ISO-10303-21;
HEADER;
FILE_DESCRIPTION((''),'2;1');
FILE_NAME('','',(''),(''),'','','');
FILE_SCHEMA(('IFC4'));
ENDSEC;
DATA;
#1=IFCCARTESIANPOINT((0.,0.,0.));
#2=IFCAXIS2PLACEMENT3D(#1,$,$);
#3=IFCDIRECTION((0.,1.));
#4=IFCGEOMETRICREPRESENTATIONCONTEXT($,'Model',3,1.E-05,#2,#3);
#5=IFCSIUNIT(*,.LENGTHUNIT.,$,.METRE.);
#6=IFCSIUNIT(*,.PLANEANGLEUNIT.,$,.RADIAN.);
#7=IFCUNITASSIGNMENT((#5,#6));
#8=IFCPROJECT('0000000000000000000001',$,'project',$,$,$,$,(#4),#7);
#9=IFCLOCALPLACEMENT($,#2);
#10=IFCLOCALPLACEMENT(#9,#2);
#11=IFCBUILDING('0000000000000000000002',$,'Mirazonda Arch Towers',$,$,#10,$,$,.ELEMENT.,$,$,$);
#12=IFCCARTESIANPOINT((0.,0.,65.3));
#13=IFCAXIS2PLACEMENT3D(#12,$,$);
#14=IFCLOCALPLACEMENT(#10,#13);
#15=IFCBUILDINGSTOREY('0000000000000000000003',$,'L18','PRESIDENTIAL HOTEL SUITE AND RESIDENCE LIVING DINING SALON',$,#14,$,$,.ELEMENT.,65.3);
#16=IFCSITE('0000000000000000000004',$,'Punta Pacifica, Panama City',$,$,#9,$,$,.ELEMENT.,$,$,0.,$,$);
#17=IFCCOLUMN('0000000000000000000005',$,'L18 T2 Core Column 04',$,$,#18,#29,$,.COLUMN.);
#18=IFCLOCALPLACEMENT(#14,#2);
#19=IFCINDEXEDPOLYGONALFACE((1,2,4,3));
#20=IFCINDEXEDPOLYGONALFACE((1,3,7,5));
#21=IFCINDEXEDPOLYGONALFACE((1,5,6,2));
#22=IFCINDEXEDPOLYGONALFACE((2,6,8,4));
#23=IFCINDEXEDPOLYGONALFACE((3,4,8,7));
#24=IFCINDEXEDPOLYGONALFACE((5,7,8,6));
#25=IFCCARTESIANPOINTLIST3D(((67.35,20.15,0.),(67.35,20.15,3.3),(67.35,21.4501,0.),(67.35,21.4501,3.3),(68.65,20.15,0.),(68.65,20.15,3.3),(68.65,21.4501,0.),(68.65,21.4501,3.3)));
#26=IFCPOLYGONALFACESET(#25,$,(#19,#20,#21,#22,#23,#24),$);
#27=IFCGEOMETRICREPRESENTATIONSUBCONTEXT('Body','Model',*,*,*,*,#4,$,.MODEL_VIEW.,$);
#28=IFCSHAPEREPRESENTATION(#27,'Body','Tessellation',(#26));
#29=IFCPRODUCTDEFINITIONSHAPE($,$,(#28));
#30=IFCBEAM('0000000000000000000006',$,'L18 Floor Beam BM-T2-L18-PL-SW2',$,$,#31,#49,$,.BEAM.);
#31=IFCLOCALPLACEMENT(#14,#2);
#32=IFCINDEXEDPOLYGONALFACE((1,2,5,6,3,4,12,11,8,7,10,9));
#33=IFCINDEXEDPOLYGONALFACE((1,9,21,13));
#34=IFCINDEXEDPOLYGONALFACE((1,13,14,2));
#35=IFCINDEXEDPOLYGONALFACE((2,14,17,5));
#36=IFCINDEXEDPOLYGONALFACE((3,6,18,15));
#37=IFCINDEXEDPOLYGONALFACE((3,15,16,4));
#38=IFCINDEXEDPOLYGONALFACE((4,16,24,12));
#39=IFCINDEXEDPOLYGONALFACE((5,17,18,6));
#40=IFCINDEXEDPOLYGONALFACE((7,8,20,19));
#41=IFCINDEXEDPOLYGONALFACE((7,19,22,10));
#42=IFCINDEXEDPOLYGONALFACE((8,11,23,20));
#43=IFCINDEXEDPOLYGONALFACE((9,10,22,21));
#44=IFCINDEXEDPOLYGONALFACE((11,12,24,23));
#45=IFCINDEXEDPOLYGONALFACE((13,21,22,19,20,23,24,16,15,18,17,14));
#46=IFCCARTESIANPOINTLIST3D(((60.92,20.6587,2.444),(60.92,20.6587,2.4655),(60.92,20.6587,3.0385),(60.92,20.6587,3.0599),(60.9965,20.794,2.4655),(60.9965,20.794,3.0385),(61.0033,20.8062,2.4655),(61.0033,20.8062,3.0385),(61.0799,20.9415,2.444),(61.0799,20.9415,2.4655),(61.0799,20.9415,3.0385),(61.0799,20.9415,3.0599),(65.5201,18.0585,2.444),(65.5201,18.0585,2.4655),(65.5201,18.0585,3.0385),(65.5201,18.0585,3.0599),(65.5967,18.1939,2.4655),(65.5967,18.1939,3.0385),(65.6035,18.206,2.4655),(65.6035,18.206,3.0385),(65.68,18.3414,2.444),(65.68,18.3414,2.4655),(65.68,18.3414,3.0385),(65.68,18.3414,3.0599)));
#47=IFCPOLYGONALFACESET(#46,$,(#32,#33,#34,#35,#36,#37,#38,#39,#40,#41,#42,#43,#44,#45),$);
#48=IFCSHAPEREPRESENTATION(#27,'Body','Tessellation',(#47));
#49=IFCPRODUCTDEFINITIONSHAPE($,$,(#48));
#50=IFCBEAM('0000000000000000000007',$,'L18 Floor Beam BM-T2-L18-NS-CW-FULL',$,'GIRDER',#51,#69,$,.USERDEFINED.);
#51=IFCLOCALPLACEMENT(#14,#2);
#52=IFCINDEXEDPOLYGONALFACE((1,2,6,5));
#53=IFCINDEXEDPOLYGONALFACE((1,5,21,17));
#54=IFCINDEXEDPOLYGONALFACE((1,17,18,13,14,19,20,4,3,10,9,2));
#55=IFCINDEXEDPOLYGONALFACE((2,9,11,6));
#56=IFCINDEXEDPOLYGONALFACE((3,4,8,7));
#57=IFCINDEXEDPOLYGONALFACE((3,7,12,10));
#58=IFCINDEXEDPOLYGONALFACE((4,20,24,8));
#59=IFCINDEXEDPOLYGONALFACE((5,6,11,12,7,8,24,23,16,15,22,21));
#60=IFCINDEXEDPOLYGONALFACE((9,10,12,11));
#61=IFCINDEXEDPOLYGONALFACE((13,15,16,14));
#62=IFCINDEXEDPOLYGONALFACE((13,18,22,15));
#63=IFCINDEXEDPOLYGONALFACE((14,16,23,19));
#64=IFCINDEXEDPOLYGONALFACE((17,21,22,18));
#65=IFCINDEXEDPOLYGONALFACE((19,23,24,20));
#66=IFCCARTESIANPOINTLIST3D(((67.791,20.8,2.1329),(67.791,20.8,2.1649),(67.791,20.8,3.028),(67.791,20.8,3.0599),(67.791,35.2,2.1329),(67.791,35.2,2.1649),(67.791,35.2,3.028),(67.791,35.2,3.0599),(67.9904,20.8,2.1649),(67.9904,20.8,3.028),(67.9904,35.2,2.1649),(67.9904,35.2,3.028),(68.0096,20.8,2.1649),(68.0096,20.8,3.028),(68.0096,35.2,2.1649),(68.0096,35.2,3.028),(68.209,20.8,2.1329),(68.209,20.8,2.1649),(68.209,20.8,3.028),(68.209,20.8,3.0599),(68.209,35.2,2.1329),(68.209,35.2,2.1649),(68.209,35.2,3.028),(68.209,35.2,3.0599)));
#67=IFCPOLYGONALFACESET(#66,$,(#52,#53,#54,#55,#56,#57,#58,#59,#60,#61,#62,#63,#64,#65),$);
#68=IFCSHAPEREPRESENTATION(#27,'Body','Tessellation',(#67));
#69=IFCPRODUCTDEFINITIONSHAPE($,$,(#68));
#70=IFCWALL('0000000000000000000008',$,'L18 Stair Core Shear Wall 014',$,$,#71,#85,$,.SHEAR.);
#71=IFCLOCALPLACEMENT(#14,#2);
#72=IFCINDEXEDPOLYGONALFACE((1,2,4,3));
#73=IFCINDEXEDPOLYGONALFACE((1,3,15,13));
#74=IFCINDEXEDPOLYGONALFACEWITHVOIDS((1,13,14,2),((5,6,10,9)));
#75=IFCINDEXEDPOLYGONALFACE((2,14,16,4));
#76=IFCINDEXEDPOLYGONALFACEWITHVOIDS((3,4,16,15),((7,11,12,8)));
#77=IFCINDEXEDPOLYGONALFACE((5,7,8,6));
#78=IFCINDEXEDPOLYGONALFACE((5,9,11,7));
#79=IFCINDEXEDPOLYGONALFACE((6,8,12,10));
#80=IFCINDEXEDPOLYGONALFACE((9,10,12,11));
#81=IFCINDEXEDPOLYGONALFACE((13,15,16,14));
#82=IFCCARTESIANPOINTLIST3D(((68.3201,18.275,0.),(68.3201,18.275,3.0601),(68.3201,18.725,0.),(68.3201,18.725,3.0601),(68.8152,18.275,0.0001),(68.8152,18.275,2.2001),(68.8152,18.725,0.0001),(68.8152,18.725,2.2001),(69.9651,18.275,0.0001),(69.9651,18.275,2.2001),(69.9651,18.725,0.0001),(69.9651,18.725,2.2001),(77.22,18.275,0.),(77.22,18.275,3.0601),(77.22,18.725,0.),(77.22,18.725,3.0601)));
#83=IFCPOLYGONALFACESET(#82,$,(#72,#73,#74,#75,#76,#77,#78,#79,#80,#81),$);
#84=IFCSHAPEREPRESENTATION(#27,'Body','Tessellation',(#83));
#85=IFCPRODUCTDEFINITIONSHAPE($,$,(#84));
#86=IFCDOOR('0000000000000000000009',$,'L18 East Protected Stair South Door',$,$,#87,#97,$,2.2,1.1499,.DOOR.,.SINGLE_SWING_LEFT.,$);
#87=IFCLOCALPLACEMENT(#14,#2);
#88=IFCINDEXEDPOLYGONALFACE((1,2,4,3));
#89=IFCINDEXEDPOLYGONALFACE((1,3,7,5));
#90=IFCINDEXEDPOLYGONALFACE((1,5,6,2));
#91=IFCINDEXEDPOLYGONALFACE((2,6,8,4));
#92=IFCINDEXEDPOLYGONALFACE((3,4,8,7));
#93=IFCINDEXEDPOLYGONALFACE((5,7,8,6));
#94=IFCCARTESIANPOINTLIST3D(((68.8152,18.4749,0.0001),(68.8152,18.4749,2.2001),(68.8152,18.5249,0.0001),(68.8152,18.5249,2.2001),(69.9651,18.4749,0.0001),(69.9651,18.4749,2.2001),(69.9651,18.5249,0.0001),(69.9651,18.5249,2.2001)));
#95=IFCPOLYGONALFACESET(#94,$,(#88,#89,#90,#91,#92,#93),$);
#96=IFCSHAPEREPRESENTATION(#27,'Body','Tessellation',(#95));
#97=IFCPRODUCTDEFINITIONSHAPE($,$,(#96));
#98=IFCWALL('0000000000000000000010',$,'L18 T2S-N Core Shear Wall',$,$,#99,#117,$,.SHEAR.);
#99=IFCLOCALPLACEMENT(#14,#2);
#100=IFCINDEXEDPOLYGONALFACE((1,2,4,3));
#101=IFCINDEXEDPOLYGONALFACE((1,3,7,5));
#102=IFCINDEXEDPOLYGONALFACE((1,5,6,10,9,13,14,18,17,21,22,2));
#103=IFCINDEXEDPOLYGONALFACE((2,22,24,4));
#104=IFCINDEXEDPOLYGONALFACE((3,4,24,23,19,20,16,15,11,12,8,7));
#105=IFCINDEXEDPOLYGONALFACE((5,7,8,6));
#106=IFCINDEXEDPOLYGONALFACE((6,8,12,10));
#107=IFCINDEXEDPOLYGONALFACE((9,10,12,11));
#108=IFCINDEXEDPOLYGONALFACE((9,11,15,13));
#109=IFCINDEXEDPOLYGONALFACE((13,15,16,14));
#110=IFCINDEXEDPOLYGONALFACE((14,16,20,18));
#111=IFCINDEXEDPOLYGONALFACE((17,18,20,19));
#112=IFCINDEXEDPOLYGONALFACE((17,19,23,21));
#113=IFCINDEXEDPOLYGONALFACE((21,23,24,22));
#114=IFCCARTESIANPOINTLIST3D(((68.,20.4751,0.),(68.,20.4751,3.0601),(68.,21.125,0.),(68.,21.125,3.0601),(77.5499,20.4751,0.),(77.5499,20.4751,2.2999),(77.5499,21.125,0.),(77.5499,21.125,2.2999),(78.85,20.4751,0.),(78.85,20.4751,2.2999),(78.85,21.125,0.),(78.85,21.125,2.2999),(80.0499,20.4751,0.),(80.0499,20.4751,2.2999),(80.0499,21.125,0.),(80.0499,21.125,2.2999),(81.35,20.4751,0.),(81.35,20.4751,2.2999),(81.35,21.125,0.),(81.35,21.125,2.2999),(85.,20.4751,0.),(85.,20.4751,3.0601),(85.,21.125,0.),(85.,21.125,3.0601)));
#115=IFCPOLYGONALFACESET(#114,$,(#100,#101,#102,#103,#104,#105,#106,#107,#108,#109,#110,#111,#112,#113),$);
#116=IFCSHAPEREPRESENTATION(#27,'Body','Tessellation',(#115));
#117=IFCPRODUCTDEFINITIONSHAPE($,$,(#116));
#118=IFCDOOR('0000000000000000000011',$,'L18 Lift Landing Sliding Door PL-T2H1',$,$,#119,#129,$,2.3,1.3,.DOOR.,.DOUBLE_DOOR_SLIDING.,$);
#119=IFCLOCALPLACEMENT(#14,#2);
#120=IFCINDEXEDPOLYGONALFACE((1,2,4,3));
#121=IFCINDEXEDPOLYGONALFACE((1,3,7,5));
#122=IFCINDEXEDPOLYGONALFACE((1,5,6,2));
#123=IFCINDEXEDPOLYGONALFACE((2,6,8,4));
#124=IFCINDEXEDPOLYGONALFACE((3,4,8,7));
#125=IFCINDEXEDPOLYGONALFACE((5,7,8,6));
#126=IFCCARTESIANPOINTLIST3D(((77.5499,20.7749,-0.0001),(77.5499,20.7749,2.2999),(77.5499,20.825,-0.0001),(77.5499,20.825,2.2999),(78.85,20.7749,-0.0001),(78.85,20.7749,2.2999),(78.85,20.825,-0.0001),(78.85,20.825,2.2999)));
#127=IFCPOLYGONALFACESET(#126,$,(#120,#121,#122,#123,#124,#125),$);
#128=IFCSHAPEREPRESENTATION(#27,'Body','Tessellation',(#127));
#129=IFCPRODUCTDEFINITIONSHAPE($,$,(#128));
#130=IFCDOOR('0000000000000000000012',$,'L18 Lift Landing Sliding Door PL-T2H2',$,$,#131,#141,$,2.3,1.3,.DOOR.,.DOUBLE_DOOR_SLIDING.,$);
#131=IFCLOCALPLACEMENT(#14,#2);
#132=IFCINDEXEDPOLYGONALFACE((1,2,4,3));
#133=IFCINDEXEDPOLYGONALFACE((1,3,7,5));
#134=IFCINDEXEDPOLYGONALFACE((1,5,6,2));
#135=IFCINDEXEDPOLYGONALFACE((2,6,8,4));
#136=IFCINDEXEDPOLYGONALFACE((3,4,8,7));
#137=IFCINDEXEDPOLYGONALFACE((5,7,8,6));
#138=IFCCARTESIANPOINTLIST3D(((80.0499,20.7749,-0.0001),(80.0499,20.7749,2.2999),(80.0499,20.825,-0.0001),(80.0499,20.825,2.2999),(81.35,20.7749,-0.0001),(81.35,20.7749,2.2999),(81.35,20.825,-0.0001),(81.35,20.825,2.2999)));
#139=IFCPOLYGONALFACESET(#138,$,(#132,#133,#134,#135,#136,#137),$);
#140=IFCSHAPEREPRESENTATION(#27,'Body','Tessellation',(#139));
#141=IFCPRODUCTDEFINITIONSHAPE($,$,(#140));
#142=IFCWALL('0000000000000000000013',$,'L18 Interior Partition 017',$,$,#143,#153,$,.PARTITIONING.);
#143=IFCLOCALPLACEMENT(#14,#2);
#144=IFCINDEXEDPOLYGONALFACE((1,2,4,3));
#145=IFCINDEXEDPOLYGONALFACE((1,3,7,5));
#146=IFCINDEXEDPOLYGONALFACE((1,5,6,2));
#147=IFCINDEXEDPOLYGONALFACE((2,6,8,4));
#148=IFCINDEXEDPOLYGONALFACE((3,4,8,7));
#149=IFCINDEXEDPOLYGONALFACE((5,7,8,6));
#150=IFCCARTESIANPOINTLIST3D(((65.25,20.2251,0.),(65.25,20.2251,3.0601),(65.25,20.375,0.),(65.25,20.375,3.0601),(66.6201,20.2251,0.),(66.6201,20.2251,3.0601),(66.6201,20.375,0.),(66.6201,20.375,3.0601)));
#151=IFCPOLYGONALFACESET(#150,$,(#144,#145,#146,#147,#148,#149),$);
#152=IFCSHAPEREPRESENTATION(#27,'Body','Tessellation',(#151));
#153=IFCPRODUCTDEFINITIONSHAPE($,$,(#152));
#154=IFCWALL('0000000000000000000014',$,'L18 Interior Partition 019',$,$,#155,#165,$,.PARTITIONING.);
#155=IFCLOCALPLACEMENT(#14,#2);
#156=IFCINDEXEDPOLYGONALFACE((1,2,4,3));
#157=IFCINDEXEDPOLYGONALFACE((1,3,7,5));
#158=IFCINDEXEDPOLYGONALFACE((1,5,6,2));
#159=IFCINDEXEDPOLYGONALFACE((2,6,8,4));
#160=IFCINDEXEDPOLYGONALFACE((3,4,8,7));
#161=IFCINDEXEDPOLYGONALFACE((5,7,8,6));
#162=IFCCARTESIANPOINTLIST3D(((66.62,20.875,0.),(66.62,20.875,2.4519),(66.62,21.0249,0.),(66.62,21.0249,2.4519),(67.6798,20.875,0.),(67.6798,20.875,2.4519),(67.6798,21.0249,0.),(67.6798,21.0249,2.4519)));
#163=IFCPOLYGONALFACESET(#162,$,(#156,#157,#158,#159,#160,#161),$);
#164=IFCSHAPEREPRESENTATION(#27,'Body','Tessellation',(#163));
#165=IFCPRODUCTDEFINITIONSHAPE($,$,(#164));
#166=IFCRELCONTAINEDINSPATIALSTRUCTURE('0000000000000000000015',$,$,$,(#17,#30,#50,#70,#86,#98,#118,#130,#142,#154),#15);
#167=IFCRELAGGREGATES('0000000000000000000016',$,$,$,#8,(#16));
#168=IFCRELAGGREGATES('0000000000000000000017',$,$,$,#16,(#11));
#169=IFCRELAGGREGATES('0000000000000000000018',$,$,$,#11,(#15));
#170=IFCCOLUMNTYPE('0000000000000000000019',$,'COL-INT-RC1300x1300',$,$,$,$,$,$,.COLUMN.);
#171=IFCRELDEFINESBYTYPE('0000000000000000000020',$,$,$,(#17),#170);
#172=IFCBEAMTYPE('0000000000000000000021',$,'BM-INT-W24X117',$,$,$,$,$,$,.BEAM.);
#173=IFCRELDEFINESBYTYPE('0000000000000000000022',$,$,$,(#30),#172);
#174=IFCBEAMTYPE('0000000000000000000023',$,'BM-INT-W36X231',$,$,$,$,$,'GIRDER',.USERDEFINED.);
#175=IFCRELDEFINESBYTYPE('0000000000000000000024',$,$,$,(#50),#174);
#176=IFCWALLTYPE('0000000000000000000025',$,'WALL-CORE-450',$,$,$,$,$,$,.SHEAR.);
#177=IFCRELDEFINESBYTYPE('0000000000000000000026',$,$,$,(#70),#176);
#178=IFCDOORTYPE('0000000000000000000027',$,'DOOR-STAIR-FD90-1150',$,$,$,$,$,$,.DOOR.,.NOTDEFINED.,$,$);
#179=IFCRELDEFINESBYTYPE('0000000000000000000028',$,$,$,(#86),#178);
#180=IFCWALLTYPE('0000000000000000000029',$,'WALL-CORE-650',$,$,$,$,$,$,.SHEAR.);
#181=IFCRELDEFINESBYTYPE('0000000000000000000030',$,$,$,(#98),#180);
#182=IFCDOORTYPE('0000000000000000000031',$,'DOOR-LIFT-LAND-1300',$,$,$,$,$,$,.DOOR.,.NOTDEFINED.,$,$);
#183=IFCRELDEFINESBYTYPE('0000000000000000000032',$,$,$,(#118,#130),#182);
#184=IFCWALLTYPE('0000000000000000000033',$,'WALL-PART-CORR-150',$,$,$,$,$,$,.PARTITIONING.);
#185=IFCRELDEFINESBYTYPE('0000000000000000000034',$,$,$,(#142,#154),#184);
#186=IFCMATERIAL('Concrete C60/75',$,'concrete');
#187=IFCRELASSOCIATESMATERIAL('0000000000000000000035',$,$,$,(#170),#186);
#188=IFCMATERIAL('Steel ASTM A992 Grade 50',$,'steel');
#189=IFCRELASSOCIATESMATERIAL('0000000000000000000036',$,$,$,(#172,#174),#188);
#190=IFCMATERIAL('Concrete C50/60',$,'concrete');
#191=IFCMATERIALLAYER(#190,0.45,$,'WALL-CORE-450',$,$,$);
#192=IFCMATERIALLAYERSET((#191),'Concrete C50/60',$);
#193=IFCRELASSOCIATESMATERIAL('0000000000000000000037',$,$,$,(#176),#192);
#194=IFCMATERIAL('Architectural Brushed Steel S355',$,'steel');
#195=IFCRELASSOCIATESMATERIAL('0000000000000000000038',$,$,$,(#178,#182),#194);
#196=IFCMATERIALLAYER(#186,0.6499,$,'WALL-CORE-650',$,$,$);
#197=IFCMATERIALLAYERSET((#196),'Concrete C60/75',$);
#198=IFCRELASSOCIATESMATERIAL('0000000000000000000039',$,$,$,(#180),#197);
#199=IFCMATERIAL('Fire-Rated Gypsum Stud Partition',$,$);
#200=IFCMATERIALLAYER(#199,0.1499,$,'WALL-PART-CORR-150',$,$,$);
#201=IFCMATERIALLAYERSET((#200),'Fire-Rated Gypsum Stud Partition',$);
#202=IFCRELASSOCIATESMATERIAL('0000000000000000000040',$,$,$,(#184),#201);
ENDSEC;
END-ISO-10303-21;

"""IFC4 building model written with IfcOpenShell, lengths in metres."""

from ifc_helpers import new_model, si_unit, direction, frame, frame_2d, origin, origin_2d, place, context, subcontext, project, spatial, rectangle, i_section, extrude, material, layer, layer_set, material_profile, profile_set, type_object, element, fill, save


model = new_model("IFC4")

# Units and contexts
model_context = context("Model", 3, precision=1e-05, world=origin(), true_north=direction((0.0, 1.0)))
body_context = subcontext(model_context, "Body", "Model", "MODEL_VIEW")
ifc_project = project(units=[si_unit("LENGTHUNIT", "METRE"), si_unit("PLANEANGLEUNIT", "RADIAN")], contexts=[model_context])

# Site, building, storey
site_placement = place(None, origin())
site = spatial("IfcSite", under=ifc_project, at=site_placement, Name="Punta Pacifica, Panama City", CompositionType="ELEMENT", RefElevation=0.0)
building_placement = place(site_placement, origin())
building = spatial("IfcBuilding", under=site, at=building_placement, Name="Mirazonda Arch Towers", CompositionType="ELEMENT")
storey_placement = place(building_placement, frame((0.0, 0.0, 65.3)))
storey = spatial("IfcBuildingStorey", under=building, at=storey_placement, Name="L18", Description="PRESIDENTIAL HOTEL SUITE AND RESIDENCE LIVING DINING SALON", CompositionType="ELEMENT", Elevation=65.3)

# Column
ifc_material_1 = material(Name="Concrete C60/75", Category="concrete")
ifc_material_profile_1 = material_profile(ifc_material_1, rectangle(XDim=1.3, YDim=1.3, at=origin_2d()), Name="RC1300x1300")
ifc_profile_set_1 = profile_set([ifc_material_profile_1], Name="Concrete C60/75")
column_type = type_object("IfcColumnType", Name="COL-INT-RC1300x1300", PredefinedType="COLUMN", material=ifc_profile_set_1)
column_placement = place(storey_placement, frame((68.0, 20.8, 0.0), z_axis=(0.0, 0.0, 1.0), x_axis=(1.0, 0.0, 0.0)))
element("IfcColumn", 1, at=column_placement, inside=storey, type_object=column_type, Name="L18 T2 Core Column 04", PredefinedType="COLUMN", context=body_context, shape_type="SweptSolid", body=[
    extrude(rectangle(XDim=1.3, YDim=1.3, at=origin_2d()), origin(), (0.0, 0.0, 1.0), 3.3),
])

# Beams
ifc_material_2 = material(Name="Steel ASTM A992 Grade 50", Category="steel")
ifc_material_profile_2 = material_profile(ifc_material_2, i_section(OverallWidth=0.325, OverallDepth=0.616, WebThickness=0.0139, FlangeThickness=0.0215, at=origin_2d()), Name="W24X117")
ifc_profile_set_2 = profile_set([ifc_material_profile_2], Name="Steel ASTM A992 Grade 50")
beam_type_1 = type_object("IfcBeamType", Name="BM-INT-W24X117", PredefinedType="BEAM", material=ifc_profile_set_2)
beam_1_placement = place(storey_placement, frame((65.6001, 18.2, 2.752), z_axis=(-0.870559, 0.492063, 0.0), x_axis=(-0.492063, -0.870559, 0.0)))
element("IfcBeam", 2, at=beam_1_placement, inside=storey, type_object=beam_type_1, Name="L18 Floor Beam BM-T2-L18-PL-SW2", PredefinedType="BEAM", context=body_context, shape_type="SweptSolid", body=[
    extrude(i_section(OverallWidth=0.325, OverallDepth=0.616, WebThickness=0.0139, FlangeThickness=0.0215, at=origin_2d()), origin(), (0.0, 0.0, 1.0), 5.2842),
])
ifc_material_profile_3 = material_profile(ifc_material_2, i_section(OverallWidth=0.418, OverallDepth=0.927, WebThickness=0.0193, FlangeThickness=0.032, at=origin_2d()), Name="W36X231")
ifc_profile_set_3 = profile_set([ifc_material_profile_3], Name="Steel ASTM A992 Grade 50")
beam_type_2 = type_object("IfcBeamType", Name="BM-INT-W36X231", ElementType="GIRDER", PredefinedType="USERDEFINED", material=ifc_profile_set_3)
beam_2_placement = place(storey_placement, frame((68.0, 20.8, 2.5964), z_axis=(0.0, 1.0, 0.0), x_axis=(-1.0, 0.0, 0.0)))
element("IfcBeam", 3, at=beam_2_placement, inside=storey, type_object=beam_type_2, Name="L18 Floor Beam BM-T2-L18-NS-CW-FULL", ObjectType="GIRDER", PredefinedType="USERDEFINED", context=body_context, shape_type="SweptSolid", body=[
    extrude(i_section(OverallWidth=0.418, OverallDepth=0.927, WebThickness=0.0193, FlangeThickness=0.032, at=origin_2d()), origin(), (0.0, 0.0, 1.0), 14.3999),
])

# Wall, opening, door
ifc_material_3 = material(Name="Concrete C50/60", Category="concrete")
ifc_layer_1 = layer(ifc_material_3, 0.45, Name="WALL-CORE-450")
ifc_layer_set_1 = layer_set([ifc_layer_1], Name="Concrete C50/60")
wall_type_1 = type_object("IfcWallType", Name="WALL-CORE-450", PredefinedType="SHEAR", material=ifc_layer_set_1)
wall_1_placement = place(storey_placement, frame((68.3201, 18.5, 0.0), z_axis=(0.0, 0.0, 1.0), x_axis=(1.0, 0.0, 0.0)))
wall_1 = element("IfcWall", 4, at=wall_1_placement, inside=storey, type_object=wall_type_1, Name="L18 Stair Core Shear Wall 014", PredefinedType="SHEAR", context=body_context, shape_type="SweptSolid", body=[
    extrude(rectangle(XDim=8.8999, YDim=0.45, at=frame_2d((4.45, 0.0))), origin(), (0.0, 0.0, 1.0), 3.0601),
])
opening_1_placement = place(wall_1_placement, frame((0.4951, 0.0, 0.0)))
opening_1 = element("IfcOpeningElement", 5, at=opening_1_placement, cuts=wall_1, PredefinedType="OPENING", context=body_context, shape_type="SweptSolid", body=[
    extrude(rectangle(XDim=1.1499, YDim=2.2, at=frame_2d((0.575, 1.1001))), frame((0.0, 0.2349, 0.0), z_axis=(0.0, -1.0, 0.0), x_axis=(1.0, 0.0, 0.0)), (0.0, 0.0, 1.0), 0.47),
])
ifc_material_4 = material(Name="Architectural Brushed Steel S355", Category="steel")
door_type_1 = type_object("IfcDoorType", Name="DOOR-STAIR-FD90-1150", OperationType="NOTDEFINED", PredefinedType="DOOR", material=ifc_material_4)
door_1_placement = place(opening_1_placement, origin())
door_1 = element("IfcDoor", 6, at=door_1_placement, inside=storey, type_object=door_type_1, Name="L18 East Protected Stair South Door", OperationType="SINGLE_SWING_LEFT", OverallHeight=2.2, OverallWidth=1.1499, PredefinedType="DOOR", context=body_context, shape_type="SweptSolid", body=[
    extrude(rectangle(XDim=1.1499, YDim=2.2, at=frame_2d((0.575, 1.1001))), frame((0.0, 0.0249, 0.0), z_axis=(0.0, -1.0, 0.0), x_axis=(1.0, 0.0, 0.0)), (0.0, 0.0, 1.0), 0.05),
])
fill(opening_1, door_1)

# Wall, openings, doors
ifc_layer_2 = layer(ifc_material_1, 0.6499, Name="WALL-CORE-650")
ifc_layer_set_2 = layer_set([ifc_layer_2], Name="Concrete C60/75")
wall_type_2 = type_object("IfcWallType", Name="WALL-CORE-650", PredefinedType="SHEAR", material=ifc_layer_set_2)
wall_2_placement = place(storey_placement, frame((68.0, 20.8, 0.0), z_axis=(0.0, 0.0, 1.0), x_axis=(1.0, 0.0, 0.0)))
wall_2 = element("IfcWall", 7, at=wall_2_placement, inside=storey, type_object=wall_type_2, Name="L18 T2S-N Core Shear Wall", PredefinedType="SHEAR", context=body_context, shape_type="SweptSolid", body=[
    extrude(rectangle(XDim=17.0, YDim=0.6499, at=frame_2d((8.5, 0.0))), origin(), (0.0, 0.0, 1.0), 3.0601),
])
opening_2_placement = place(wall_2_placement, frame((9.55, 0.0, 0.0)))
opening_2 = element("IfcOpeningElement", 8, at=opening_2_placement, cuts=wall_2, PredefinedType="OPENING", context=body_context, shape_type="SweptSolid", body=[
    extrude(rectangle(XDim=1.3, YDim=2.3, at=frame_2d((0.6499, 1.1499))), frame((0.0, 0.335, 0.0), z_axis=(0.0, -1.0, 0.0), x_axis=(1.0, 0.0, 0.0)), (0.0, 0.0, 1.0), 0.6699),
])
opening_3_placement = place(wall_2_placement, frame((12.05, 0.0, 0.0)))
opening_3 = element("IfcOpeningElement", 9, at=opening_3_placement, cuts=wall_2, PredefinedType="OPENING", context=body_context, shape_type="SweptSolid", body=[
    extrude(rectangle(XDim=1.3, YDim=2.3, at=frame_2d((0.6499, 1.1499))), frame((0.0, 0.335, 0.0), z_axis=(0.0, -1.0, 0.0), x_axis=(1.0, 0.0, 0.0)), (0.0, 0.0, 1.0), 0.6699),
])
door_type_2 = type_object("IfcDoorType", Name="DOOR-LIFT-LAND-1300", OperationType="NOTDEFINED", PredefinedType="DOOR", material=ifc_material_4)
door_2_placement = place(opening_2_placement, origin())
door_2 = element("IfcDoor", 10, at=door_2_placement, inside=storey, type_object=door_type_2, Name="L18 Lift Landing Sliding Door PL-T2H1", OperationType="DOUBLE_DOOR_SLIDING", OverallHeight=2.3, OverallWidth=1.3, PredefinedType="DOOR", context=body_context, shape_type="SweptSolid", body=[
    extrude(rectangle(XDim=1.3, YDim=2.3, at=frame_2d((0.6499, 1.1499))), frame((0.0, 0.0249, 0.0), z_axis=(0.0, -1.0, 0.0), x_axis=(1.0, 0.0, 0.0)), (0.0, 0.0, 1.0), 0.05),
])
fill(opening_2, door_2)
door_3_placement = place(opening_3_placement, origin())
door_3 = element("IfcDoor", 11, at=door_3_placement, inside=storey, type_object=door_type_2, Name="L18 Lift Landing Sliding Door PL-T2H2", OperationType="DOUBLE_DOOR_SLIDING", OverallHeight=2.3, OverallWidth=1.3, PredefinedType="DOOR", context=body_context, shape_type="SweptSolid", body=[
    extrude(rectangle(XDim=1.3, YDim=2.3, at=frame_2d((0.6499, 1.1499))), frame((0.0, 0.0249, 0.0), z_axis=(0.0, -1.0, 0.0), x_axis=(1.0, 0.0, 0.0)), (0.0, 0.0, 1.0), 0.05),
])
fill(opening_3, door_3)

# Walls
ifc_material_5 = material(Name="Fire-Rated Gypsum Stud Partition")
ifc_layer_3 = layer(ifc_material_5, 0.1499, Name="WALL-PART-CORR-150")
ifc_layer_set_3 = layer_set([ifc_layer_3], Name="Fire-Rated Gypsum Stud Partition")
wall_type_3 = type_object("IfcWallType", Name="WALL-PART-CORR-150", PredefinedType="PARTITIONING", material=ifc_layer_set_3)
wall_3_placement = place(storey_placement, frame((65.25, 20.3, 0.0), z_axis=(0.0, 0.0, 1.0), x_axis=(1.0, 0.0, 0.0)))
element("IfcWall", 12, at=wall_3_placement, inside=storey, type_object=wall_type_3, Name="L18 Interior Partition 017", PredefinedType="PARTITIONING", context=body_context, shape_type="SweptSolid", body=[
    extrude(rectangle(XDim=1.3701, YDim=0.1499, at=frame_2d((0.6851, 0.0))), origin(), (0.0, 0.0, 1.0), 3.0601),
])
wall_4_placement = place(storey_placement, frame((66.6201, 20.95, 0.0), z_axis=(0.0, 0.0, 1.0), x_axis=(1.0, 0.0, 0.0)))
element("IfcWall", 13, at=wall_4_placement, inside=storey, type_object=wall_type_3, Name="L18 Interior Partition 019", PredefinedType="PARTITIONING", context=body_context, shape_type="SweptSolid", body=[
    extrude(rectangle(XDim=1.0598, YDim=0.1499, at=frame_2d((0.5298, 0.0))), origin(), (0.0, 0.0, 1.0), 2.4519),
])

save(model, "model.ifc")
